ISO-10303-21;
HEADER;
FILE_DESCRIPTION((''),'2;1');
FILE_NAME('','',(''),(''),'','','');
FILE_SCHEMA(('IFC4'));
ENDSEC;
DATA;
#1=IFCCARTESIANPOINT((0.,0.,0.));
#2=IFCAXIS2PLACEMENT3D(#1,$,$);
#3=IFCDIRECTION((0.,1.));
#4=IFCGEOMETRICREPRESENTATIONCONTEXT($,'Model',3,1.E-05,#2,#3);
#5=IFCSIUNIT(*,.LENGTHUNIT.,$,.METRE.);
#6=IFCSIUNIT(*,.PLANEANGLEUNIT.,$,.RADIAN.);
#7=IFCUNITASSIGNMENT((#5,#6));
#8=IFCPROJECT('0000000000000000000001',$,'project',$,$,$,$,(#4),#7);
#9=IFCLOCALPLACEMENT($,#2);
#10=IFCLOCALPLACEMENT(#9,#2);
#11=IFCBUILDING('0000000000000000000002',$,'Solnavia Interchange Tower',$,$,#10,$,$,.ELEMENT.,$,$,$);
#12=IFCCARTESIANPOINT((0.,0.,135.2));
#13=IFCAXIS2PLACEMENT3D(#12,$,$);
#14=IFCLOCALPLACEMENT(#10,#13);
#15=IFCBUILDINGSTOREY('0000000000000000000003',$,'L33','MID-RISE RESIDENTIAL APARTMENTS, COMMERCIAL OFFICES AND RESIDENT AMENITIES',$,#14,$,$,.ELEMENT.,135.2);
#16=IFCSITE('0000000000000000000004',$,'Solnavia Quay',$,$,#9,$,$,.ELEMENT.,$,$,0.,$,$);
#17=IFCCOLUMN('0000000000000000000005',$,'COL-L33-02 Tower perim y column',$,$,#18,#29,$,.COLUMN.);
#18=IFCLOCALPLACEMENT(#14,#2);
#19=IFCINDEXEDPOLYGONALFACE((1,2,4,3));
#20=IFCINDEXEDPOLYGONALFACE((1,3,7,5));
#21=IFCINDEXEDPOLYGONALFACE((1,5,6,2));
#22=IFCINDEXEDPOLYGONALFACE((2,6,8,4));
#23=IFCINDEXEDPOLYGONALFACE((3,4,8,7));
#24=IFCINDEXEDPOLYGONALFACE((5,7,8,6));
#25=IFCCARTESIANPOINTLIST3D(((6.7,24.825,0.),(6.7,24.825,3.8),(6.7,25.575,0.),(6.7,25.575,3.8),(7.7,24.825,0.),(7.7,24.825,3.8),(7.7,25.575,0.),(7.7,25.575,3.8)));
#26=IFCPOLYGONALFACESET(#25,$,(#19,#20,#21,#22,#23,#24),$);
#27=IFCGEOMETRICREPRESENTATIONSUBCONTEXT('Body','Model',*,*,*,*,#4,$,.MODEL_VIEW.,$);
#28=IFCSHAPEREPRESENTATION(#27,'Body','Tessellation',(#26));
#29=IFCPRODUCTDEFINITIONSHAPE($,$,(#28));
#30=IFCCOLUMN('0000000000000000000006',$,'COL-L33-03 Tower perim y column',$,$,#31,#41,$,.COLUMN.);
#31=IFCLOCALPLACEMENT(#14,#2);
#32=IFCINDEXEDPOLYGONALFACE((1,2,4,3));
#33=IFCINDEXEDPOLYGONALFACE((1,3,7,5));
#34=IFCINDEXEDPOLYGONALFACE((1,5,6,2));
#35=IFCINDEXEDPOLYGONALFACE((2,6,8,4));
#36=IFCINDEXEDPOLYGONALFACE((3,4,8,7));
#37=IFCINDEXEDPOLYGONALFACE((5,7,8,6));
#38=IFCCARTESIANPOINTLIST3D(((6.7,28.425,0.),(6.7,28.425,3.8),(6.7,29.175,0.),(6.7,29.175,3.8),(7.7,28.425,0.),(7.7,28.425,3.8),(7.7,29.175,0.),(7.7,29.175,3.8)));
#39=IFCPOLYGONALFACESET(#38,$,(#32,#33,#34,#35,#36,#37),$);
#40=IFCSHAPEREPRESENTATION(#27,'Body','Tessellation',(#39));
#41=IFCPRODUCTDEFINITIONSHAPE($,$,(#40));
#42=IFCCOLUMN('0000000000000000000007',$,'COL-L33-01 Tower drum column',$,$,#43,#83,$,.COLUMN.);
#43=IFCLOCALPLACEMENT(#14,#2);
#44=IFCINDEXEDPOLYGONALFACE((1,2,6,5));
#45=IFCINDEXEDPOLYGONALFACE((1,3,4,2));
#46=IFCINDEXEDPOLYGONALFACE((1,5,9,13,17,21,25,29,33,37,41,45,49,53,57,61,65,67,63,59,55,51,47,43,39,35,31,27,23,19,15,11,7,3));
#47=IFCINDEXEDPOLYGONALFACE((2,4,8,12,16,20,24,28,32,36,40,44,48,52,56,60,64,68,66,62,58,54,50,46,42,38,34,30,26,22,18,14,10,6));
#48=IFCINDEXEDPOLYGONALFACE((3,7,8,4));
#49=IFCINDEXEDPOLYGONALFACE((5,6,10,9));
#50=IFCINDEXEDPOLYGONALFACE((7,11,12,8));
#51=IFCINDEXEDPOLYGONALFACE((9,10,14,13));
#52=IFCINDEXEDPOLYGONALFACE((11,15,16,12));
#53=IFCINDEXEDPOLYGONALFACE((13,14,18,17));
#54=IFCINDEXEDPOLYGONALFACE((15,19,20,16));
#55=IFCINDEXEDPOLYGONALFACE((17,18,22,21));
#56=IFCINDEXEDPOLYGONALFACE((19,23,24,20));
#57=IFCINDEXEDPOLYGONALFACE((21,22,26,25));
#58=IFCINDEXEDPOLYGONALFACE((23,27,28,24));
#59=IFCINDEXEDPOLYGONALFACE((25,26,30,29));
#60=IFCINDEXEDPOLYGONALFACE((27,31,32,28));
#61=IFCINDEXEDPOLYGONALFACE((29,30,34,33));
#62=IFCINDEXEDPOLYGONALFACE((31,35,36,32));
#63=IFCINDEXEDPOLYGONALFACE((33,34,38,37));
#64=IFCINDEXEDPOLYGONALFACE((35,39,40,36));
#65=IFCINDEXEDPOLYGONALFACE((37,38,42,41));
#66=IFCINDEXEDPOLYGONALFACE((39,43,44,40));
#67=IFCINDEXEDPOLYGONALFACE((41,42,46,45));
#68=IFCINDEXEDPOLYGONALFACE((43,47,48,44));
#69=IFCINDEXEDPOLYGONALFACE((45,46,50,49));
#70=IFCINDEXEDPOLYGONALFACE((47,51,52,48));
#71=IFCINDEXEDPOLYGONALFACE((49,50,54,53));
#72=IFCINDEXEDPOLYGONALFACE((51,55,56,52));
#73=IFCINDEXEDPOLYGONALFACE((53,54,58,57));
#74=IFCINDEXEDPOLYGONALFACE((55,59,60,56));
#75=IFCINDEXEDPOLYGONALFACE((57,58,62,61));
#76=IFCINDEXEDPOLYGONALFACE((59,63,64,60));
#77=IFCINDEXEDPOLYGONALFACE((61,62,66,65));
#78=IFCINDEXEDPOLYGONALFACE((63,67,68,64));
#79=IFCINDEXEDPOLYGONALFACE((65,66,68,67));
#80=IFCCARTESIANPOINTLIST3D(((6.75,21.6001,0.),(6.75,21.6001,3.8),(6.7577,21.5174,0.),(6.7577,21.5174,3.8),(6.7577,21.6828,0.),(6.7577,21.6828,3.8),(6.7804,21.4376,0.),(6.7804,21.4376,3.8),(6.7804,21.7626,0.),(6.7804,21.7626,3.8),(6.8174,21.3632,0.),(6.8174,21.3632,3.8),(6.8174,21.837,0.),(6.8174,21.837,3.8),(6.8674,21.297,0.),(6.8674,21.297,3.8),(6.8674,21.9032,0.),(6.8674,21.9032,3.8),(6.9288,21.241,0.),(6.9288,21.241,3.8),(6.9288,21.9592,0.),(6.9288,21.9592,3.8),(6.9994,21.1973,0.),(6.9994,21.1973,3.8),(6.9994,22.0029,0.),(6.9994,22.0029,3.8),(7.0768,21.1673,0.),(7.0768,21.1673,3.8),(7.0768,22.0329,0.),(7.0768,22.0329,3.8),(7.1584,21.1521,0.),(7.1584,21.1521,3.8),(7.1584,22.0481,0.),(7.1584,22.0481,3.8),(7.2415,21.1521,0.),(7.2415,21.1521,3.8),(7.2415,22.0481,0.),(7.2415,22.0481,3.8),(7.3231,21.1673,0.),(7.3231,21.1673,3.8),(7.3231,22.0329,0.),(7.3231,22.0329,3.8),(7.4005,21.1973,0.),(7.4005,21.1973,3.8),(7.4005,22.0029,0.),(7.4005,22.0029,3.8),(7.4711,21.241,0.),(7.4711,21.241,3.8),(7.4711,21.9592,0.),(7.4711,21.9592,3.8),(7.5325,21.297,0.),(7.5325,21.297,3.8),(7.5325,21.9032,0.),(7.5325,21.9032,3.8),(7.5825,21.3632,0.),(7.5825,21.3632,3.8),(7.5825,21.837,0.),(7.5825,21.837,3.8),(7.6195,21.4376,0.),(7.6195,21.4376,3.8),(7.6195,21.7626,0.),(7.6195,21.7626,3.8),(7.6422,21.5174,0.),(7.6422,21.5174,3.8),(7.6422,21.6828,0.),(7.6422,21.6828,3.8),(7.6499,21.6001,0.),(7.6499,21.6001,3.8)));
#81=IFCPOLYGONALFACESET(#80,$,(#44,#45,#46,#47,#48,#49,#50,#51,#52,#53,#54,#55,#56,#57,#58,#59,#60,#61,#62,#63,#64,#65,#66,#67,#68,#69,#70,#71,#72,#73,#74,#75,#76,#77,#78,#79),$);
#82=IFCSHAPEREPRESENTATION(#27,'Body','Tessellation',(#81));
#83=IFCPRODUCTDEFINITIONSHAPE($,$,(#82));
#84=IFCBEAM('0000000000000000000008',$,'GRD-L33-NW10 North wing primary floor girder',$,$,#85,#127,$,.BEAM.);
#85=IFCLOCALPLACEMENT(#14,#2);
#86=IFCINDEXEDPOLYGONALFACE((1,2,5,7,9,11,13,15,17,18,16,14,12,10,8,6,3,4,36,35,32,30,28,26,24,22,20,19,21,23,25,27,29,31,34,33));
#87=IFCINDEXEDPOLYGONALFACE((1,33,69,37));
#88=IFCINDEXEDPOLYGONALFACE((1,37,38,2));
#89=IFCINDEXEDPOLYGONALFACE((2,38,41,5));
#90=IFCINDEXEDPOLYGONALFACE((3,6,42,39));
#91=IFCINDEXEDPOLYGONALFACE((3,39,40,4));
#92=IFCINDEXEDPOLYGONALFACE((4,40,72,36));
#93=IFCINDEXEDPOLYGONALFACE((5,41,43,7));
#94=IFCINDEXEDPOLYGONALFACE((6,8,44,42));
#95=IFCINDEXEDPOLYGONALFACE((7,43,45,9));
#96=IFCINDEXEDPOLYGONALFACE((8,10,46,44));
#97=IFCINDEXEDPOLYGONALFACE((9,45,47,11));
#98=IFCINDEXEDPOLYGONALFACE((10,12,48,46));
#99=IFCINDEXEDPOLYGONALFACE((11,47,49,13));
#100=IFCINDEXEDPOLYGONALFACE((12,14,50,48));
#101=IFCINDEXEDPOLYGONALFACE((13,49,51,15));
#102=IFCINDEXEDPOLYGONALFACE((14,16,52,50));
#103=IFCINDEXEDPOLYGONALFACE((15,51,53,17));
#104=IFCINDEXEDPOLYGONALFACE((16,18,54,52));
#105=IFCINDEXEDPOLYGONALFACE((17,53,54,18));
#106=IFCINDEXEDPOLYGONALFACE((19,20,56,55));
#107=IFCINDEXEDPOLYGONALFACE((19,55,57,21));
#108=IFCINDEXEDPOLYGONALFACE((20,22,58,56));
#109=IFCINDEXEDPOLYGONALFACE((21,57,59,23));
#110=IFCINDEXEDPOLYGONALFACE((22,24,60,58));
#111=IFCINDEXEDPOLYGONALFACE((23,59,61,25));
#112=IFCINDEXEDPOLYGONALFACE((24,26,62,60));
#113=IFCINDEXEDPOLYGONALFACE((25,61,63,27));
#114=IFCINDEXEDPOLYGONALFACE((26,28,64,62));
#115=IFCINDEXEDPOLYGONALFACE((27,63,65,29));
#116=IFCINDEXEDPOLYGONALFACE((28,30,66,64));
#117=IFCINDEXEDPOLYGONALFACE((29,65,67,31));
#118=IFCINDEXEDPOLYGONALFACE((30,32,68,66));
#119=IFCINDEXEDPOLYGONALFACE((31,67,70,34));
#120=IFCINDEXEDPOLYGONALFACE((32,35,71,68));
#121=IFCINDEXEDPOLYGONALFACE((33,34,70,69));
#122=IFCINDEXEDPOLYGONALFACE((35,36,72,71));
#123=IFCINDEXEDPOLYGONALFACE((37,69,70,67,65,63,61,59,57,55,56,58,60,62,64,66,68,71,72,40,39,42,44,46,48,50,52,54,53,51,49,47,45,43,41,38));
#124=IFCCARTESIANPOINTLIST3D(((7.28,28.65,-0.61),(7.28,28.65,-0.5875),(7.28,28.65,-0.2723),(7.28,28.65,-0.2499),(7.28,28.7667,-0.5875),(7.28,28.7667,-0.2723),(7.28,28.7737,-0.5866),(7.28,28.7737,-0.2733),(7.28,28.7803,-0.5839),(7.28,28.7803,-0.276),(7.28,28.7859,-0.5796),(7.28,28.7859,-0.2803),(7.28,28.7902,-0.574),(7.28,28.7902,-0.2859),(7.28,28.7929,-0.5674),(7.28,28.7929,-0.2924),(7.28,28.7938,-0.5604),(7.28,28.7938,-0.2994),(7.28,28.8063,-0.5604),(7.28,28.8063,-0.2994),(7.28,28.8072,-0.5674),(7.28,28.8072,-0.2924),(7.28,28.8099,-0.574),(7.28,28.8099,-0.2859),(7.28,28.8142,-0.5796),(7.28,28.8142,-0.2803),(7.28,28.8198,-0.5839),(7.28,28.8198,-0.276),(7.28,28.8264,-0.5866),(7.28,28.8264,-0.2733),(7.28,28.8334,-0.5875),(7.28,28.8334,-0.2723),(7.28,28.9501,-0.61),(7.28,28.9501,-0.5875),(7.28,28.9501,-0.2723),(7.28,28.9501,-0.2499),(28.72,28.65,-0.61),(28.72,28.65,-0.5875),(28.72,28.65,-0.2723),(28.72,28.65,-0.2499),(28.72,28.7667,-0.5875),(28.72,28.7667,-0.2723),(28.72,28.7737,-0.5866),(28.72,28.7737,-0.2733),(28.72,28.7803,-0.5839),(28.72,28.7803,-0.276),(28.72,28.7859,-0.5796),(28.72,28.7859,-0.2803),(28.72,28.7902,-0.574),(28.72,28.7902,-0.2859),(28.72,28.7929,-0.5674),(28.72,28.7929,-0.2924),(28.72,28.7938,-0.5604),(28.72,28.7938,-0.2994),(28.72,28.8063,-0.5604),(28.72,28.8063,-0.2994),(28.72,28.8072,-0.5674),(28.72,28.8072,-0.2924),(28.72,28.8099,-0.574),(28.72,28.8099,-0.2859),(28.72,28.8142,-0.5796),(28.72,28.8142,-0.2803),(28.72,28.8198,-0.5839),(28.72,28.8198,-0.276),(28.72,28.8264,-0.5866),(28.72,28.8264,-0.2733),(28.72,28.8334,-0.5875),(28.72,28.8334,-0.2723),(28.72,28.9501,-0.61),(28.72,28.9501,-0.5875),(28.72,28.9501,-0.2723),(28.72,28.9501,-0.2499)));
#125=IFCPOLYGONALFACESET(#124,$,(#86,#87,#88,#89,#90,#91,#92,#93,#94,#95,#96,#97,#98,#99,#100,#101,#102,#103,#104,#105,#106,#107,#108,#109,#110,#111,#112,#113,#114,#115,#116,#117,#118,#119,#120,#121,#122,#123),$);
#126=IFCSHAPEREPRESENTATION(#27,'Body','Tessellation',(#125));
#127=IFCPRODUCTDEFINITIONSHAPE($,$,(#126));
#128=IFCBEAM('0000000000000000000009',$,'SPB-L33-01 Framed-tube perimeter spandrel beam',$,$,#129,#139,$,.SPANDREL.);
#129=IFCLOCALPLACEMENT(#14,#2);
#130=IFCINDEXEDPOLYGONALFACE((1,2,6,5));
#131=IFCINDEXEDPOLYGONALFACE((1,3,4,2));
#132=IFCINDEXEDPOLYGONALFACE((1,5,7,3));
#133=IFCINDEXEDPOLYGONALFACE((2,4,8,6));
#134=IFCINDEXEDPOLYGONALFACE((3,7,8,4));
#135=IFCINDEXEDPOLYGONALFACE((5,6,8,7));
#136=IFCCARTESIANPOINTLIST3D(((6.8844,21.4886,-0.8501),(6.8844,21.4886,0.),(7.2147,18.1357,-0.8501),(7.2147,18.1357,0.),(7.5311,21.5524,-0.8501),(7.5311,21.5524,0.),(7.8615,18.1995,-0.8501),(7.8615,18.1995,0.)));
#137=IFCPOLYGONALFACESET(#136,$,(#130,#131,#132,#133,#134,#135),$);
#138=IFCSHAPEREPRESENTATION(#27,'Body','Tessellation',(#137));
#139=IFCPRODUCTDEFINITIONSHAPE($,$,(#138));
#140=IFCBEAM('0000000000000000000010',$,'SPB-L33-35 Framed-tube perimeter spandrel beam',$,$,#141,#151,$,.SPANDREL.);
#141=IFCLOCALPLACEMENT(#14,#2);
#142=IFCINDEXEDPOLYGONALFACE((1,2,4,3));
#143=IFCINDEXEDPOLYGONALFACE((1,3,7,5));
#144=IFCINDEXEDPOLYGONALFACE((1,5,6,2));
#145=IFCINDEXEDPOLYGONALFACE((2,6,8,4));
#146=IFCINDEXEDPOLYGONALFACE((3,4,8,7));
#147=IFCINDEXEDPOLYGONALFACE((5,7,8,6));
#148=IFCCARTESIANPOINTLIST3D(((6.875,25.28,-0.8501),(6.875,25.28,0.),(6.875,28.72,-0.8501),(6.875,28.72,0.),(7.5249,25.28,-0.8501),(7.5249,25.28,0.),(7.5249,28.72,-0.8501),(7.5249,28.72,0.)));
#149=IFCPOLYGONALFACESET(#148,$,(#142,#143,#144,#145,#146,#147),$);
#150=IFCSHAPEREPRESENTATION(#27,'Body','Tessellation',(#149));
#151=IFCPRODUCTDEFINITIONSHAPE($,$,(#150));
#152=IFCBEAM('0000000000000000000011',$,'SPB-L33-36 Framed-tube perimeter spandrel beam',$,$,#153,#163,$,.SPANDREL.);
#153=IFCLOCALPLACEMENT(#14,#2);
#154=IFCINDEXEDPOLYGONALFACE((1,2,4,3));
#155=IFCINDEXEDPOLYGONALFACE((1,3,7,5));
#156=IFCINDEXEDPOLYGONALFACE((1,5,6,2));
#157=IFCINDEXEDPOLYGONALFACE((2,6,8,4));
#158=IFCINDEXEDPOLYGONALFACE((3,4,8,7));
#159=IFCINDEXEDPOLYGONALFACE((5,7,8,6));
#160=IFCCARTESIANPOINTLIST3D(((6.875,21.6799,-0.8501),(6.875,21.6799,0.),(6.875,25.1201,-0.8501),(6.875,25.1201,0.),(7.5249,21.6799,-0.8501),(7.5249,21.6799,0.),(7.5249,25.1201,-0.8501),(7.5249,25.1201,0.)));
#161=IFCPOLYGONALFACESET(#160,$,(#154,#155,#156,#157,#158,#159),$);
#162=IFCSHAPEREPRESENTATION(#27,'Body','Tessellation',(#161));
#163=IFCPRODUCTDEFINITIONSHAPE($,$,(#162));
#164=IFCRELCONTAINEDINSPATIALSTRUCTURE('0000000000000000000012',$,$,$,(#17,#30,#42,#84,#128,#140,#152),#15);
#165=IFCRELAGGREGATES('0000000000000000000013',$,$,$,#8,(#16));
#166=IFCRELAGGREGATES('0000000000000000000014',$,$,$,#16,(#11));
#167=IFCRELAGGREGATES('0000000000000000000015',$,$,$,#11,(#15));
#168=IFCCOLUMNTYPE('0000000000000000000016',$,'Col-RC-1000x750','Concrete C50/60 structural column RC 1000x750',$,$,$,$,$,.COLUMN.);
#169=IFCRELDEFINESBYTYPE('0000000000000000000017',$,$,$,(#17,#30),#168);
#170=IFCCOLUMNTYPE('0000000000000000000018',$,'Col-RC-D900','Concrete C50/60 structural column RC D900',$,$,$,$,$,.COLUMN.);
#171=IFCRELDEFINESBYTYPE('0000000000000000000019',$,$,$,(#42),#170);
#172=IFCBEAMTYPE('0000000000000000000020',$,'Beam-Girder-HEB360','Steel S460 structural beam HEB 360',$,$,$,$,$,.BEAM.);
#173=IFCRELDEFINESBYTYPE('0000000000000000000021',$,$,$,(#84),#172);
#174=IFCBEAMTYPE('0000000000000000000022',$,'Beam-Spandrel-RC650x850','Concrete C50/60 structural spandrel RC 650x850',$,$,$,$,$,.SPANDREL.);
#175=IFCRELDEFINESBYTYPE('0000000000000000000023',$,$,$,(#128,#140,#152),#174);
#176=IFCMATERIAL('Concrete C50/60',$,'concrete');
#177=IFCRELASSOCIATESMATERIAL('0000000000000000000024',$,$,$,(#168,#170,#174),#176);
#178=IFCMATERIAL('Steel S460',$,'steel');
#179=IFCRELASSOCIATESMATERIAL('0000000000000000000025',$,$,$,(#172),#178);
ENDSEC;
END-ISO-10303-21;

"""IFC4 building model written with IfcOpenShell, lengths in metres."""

from ifc_helpers import new_model, si_unit, direction, frame, origin, origin_2d, place, context, subcontext, project, spatial, rectangle, circle, i_section, extrude, material, material_profile, profile_set, type_object, element, save


model = new_model("IFC4")

# Units and contexts
model_context = context("Model", 3, precision=1e-05, world=origin(), true_north=direction((0.0, 1.0)))
body_context = subcontext(model_context, "Body", "Model", "MODEL_VIEW")
ifc_project = project(units=[si_unit("LENGTHUNIT", "METRE"), si_unit("PLANEANGLEUNIT", "RADIAN")], contexts=[model_context])

# Site, building, storey
site_placement = place(None, origin())
site = spatial("IfcSite", under=ifc_project, at=site_placement, Name="Solnavia Quay", CompositionType="ELEMENT", RefElevation=0.0)
building_placement = place(site_placement, origin())
building = spatial("IfcBuilding", under=site, at=building_placement, Name="Solnavia Interchange Tower", CompositionType="ELEMENT")
storey_placement = place(building_placement, frame((0.0, 0.0, 135.2)))
storey = spatial("IfcBuildingStorey", under=building, at=storey_placement, Name="L33", Description="MID-RISE RESIDENTIAL APARTMENTS, COMMERCIAL OFFICES AND RESIDENT AMENITIES", CompositionType="ELEMENT", Elevation=135.2)

# Columns
ifc_material_1 = material(Name="Concrete C50/60", Category="concrete")
ifc_material_profile_1 = material_profile(ifc_material_1, rectangle(XDim=0.75, YDim=1.0, at=origin_2d()), Name="RC 1000x750")
ifc_profile_set_1 = profile_set([ifc_material_profile_1], Name="Concrete C50/60")
column_type_1 = type_object("IfcColumnType", Name="Col-RC-1000x750", Description="Concrete C50/60 structural column RC 1000x750", PredefinedType="COLUMN", material=ifc_profile_set_1)
for number, where, z_axis, x_axis, name in (
    (1, (7.2, 25.2, 0.0), (0.0, 0.0, 1.0), (0.0, 1.0, 0.0), "COL-L33-02 Tower perim y column"),
    (2, (7.2, 28.8, 0.0), (0.0, 0.0, 1.0), (0.0, 1.0, 0.0), "COL-L33-03 Tower perim y column"),
):
    element("IfcColumn", number, at=place(storey_placement, frame(where, z_axis=z_axis, x_axis=x_axis)), inside=storey, type_object=column_type_1, Name=name, PredefinedType="COLUMN", context=body_context, shape_type="SweptSolid", body=[
        extrude(rectangle(XDim=0.75, YDim=1.0, at=origin_2d()), origin(), (0.0, 0.0, 1.0), 3.8),
    ])
ifc_material_profile_2 = material_profile(ifc_material_1, circle(Radius=0.45, at=origin_2d()), Name="RC D900")
ifc_profile_set_2 = profile_set([ifc_material_profile_2], Name="Concrete C50/60")
column_type_2 = type_object("IfcColumnType", Name="Col-RC-D900", Description="Concrete C50/60 structural column RC D900", PredefinedType="COLUMN", material=ifc_profile_set_2)
column_placement = place(storey_placement, frame((7.2, 21.6001, 0.0), z_axis=(0.0, 0.0, 1.0), x_axis=(1.0, 0.0, 0.0)))
element("IfcColumn", 3, at=column_placement, inside=storey, type_object=column_type_2, Name="COL-L33-01 Tower drum column", PredefinedType="COLUMN", context=body_context, shape_type="SweptSolid", body=[
    extrude(circle(Radius=0.45, at=origin_2d()), origin(), (0.0, 0.0, 1.0), 3.8),
])

# Beams
ifc_material_2 = material(Name="Steel S460", Category="steel")
ifc_material_profile_3 = material_profile(ifc_material_2, i_section(OverallWidth=0.3, OverallDepth=0.3601, WebThickness=0.0125, FlangeThickness=0.0225, FilletRadius=0.0271, at=origin_2d()), Name="HEB 360")
ifc_profile_set_3 = profile_set([ifc_material_profile_3], Name="Steel S460")
beam_type_1 = type_object("IfcBeamType", Name="Beam-Girder-HEB360", Description="Steel S460 structural beam HEB 360", PredefinedType="BEAM", material=ifc_profile_set_3)
beam_1_placement = place(storey_placement, frame((7.28, 28.8, -0.4299), z_axis=(1.0, 0.0, 0.0), x_axis=(0.0, 1.0, 0.0)))
element("IfcBeam", 4, at=beam_1_placement, inside=storey, type_object=beam_type_1, Name="GRD-L33-NW10 North wing primary floor girder", PredefinedType="BEAM", context=body_context, shape_type="SweptSolid", body=[
    extrude(i_section(OverallWidth=0.3, OverallDepth=0.3601, WebThickness=0.0125, FlangeThickness=0.0225, FilletRadius=0.0271, at=origin_2d()), origin(), (0.0, 0.0, 1.0), 21.4399),
])
ifc_material_profile_4 = material_profile(ifc_material_1, rectangle(XDim=0.6499, YDim=0.8501, at=origin_2d()), Name="RC 650x850")
ifc_profile_set_4 = profile_set([ifc_material_profile_4], Name="Concrete C50/60")
beam_type_2 = type_object("IfcBeamType", Name="Beam-Spandrel-RC650x850", Description="Concrete C50/60 structural spandrel RC 650x850", PredefinedType="SPANDREL", material=ifc_profile_set_4)
beam_2_placement = place(storey_placement, frame((7.2078, 21.5205, -0.425), z_axis=(0.09804, -0.995182, 0.0), x_axis=(0.995182, 0.09804, 0.0)))
element("IfcBeam", 5, at=beam_2_placement, inside=storey, type_object=beam_type_2, Name="SPB-L33-01 Framed-tube perimeter spandrel beam", PredefinedType="SPANDREL", context=body_context, shape_type="SweptSolid", body=[
    extrude(rectangle(XDim=0.6499, YDim=0.8501, at=origin_2d()), origin(), (0.0, 0.0, 1.0), 3.3691),
])
beam_3_placement = place(storey_placement, frame((7.2, 28.72, -0.425), z_axis=(0.0, -1.0, 0.0), x_axis=(1.0, 0.0, 0.0)))
element("IfcBeam", 6, at=beam_3_placement, inside=storey, type_object=beam_type_2, Name="SPB-L33-35 Framed-tube perimeter spandrel beam", PredefinedType="SPANDREL", context=body_context, shape_type="SweptSolid", body=[
    extrude(rectangle(XDim=0.6499, YDim=0.8501, at=origin_2d()), origin(), (0.0, 0.0, 1.0), 3.4399),
])
beam_4_placement = place(storey_placement, frame((7.2, 25.1201, -0.425), z_axis=(0.0, -1.0, 0.0), x_axis=(1.0, 0.0, 0.0)))
element("IfcBeam", 7, at=beam_4_placement, inside=storey, type_object=beam_type_2, Name="SPB-L33-36 Framed-tube perimeter spandrel beam", PredefinedType="SPANDREL", context=body_context, shape_type="SweptSolid", body=[
    extrude(rectangle(XDim=0.6499, YDim=0.8501, at=origin_2d()), origin(), (0.0, 0.0, 1.0), 3.4402),
])

save(model, "model.ifc")
